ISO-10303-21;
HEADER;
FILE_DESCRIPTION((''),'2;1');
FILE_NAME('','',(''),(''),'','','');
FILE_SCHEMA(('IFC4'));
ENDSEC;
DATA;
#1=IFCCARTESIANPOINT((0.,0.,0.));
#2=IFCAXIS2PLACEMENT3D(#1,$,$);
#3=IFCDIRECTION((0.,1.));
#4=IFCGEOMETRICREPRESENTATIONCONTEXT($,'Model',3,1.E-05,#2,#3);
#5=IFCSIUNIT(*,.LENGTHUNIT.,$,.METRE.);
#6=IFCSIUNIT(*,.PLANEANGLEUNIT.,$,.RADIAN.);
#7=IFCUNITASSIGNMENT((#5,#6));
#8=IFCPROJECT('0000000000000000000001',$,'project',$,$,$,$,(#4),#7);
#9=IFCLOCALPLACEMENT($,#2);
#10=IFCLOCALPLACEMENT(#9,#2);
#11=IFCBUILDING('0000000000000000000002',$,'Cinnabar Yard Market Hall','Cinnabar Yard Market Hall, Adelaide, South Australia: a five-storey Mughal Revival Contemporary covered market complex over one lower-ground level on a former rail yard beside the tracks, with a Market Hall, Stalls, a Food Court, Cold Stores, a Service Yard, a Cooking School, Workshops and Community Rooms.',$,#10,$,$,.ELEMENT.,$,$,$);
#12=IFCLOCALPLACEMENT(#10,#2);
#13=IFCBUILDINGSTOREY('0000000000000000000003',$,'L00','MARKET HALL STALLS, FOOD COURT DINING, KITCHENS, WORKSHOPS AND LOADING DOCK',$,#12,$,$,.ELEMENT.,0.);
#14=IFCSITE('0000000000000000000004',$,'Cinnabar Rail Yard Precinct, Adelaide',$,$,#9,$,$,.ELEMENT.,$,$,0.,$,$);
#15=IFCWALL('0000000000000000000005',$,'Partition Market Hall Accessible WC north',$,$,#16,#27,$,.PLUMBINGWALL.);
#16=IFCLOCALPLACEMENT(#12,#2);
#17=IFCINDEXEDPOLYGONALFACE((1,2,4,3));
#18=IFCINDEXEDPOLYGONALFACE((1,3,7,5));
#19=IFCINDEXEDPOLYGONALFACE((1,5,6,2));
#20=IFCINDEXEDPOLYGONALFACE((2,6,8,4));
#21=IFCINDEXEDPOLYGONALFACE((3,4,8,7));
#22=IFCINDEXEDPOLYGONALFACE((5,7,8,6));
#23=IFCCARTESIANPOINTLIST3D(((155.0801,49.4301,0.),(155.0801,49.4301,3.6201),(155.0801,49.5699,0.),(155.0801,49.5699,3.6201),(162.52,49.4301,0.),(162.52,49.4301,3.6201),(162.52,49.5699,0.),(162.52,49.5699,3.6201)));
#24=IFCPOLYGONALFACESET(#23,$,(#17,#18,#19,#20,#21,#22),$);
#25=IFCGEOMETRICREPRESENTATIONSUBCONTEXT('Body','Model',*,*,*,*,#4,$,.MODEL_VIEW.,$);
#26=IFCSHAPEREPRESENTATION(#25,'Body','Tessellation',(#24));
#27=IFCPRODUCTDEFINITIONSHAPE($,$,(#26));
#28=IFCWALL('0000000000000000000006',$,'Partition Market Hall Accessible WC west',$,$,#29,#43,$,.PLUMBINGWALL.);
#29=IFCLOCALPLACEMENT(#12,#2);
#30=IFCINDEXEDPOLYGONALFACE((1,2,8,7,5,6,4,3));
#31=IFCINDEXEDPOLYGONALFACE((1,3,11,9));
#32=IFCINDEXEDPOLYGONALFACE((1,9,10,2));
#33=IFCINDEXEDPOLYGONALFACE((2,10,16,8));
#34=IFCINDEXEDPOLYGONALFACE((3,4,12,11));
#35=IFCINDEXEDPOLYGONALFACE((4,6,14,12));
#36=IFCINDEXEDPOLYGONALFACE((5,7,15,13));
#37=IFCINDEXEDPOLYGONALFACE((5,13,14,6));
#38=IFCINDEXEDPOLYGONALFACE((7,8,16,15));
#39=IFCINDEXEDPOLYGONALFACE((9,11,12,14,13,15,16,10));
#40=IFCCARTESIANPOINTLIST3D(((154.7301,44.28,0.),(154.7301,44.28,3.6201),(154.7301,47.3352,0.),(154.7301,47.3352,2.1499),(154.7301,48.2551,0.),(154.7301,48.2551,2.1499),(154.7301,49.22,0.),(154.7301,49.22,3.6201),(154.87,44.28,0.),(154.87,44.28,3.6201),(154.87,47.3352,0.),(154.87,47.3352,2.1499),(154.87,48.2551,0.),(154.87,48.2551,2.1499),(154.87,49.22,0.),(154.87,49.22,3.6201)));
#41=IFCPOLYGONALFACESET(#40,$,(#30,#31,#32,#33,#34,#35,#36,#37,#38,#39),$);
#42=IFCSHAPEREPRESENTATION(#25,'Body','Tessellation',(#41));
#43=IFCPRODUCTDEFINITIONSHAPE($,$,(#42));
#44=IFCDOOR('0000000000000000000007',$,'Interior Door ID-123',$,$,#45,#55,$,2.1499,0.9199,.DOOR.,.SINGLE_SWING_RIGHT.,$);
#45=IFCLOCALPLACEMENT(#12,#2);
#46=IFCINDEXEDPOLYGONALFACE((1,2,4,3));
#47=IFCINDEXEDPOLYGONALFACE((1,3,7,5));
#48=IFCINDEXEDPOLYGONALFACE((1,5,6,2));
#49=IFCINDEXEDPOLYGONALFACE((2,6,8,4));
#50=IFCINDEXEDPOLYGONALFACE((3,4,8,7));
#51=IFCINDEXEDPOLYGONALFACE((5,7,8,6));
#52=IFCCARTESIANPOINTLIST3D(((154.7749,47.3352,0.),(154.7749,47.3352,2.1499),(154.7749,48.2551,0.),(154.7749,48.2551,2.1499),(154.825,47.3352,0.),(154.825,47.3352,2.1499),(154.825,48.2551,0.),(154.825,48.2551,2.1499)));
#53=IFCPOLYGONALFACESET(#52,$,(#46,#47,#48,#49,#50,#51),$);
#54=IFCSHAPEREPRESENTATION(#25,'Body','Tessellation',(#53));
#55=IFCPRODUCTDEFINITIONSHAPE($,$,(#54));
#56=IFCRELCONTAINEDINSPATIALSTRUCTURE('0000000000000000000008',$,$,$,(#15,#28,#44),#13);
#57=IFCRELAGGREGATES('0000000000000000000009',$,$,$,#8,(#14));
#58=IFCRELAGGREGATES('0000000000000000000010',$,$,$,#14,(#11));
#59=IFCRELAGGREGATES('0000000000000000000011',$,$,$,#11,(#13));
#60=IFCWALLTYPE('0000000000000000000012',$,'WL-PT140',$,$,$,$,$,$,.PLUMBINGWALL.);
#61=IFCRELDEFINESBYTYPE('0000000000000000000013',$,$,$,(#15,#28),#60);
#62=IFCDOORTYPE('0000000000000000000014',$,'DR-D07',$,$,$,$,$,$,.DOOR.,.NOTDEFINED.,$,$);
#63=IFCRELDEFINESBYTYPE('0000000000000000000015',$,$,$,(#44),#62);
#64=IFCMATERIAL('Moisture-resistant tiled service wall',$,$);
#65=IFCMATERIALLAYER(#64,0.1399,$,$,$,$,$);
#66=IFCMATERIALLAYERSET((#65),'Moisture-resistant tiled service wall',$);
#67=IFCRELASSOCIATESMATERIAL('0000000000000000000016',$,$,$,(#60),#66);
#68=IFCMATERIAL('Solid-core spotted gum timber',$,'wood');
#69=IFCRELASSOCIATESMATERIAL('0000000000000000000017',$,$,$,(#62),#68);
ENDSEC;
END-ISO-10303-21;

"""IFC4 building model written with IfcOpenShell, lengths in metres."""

from ifc_helpers import new_model, si_unit, direction, frame, frame_2d, origin, place, context, subcontext, project, spatial, rectangle, extrude, material, layer, layer_set, type_object, element, fill, save


model = new_model("IFC4")

# Units and contexts
model_context = context("Model", 3, precision=1e-05, world=origin(), true_north=direction((0.0, 1.0)))
body_context = subcontext(model_context, "Body", "Model", "MODEL_VIEW")
ifc_project = project(units=[si_unit("LENGTHUNIT", "METRE"), si_unit("PLANEANGLEUNIT", "RADIAN")], contexts=[model_context])

# Site, building, storey
site_placement = place(None, origin())
site = spatial("IfcSite", under=ifc_project, at=site_placement, Name="Cinnabar Rail Yard Precinct, Adelaide", CompositionType="ELEMENT", RefElevation=0.0)
building_placement = place(site_placement, origin())
building = spatial("IfcBuilding", under=site, at=building_placement, Name="Cinnabar Yard Market Hall", Description="Cinnabar Yard Market Hall, Adelaide, South Australia: a five-storey Mughal Revival Contemporary covered market complex over one lower-ground level on a former rail yard beside the tracks, with a Market Hall, Stalls, a Food Court, Cold Stores, a Service Yard, a Cooking School, Workshops and Community Rooms.", CompositionType="ELEMENT")
storey_placement = place(building_placement, origin())
storey = spatial("IfcBuildingStorey", under=building, at=storey_placement, Name="L00", Description="MARKET HALL STALLS, FOOD COURT DINING, KITCHENS, WORKSHOPS AND LOADING DOCK", CompositionType="ELEMENT", Elevation=0.0)

# Shared definitions
ifc_material_1 = material(Name="Moisture-resistant tiled service wall")
ifc_layer_1 = layer(ifc_material_1, 0.1399)
ifc_layer_set_1 = layer_set([ifc_layer_1], Name="Moisture-resistant tiled service wall")
wall_type = type_object("IfcWallType", Name="WL-PT140", PredefinedType="PLUMBINGWALL", material=ifc_layer_set_1)

# Shared definitions
ifc_material_2 = material(Name="Solid-core spotted gum timber", Category="wood")
door_type_1 = type_object("IfcDoorType", Name="DR-D07", OperationType="NOTDEFINED", PredefinedType="DOOR", material=ifc_material_2)

# Wall
wall_1_placement = place(storey_placement, frame((162.52, 49.5, 0.0), z_axis=(0.0, 0.0, 1.0), x_axis=(-1.0, 0.0, 0.0)))
element("IfcWall", 1, at=wall_1_placement, inside=storey, type_object=wall_type, Name="Partition Market Hall Accessible WC north", PredefinedType="PLUMBINGWALL", context=body_context, shape_type="SweptSolid", body=[
    extrude(rectangle(XDim=7.4399, YDim=0.1399, at=frame_2d((3.72, 0.0), x_axis=(1.0, 0.0))), origin(), (0.0, 0.0, 1.0), 3.6201),
])

# Wall, opening, door
wall_2_placement = place(storey_placement, frame((154.8, 49.22, 0.0), z_axis=(0.0, 0.0, 1.0), x_axis=(0.0, -1.0, 0.0)))
wall_2 = element("IfcWall", 2, at=wall_2_placement, inside=storey, type_object=wall_type, Name="Partition Market Hall Accessible WC west", PredefinedType="PLUMBINGWALL", context=body_context, shape_type="SweptSolid", body=[
    extrude(rectangle(XDim=4.9399, YDim=0.1399, at=frame_2d((2.47, 0.0), x_axis=(1.0, 0.0))), origin(), (0.0, 0.0, 1.0), 3.6201),
])
opening_1_placement = place(wall_2_placement, frame((0.9648, 0.0, 0.0)))
opening_1 = element("IfcOpeningElement", 3, at=opening_1_placement, cuts=wall_2, PredefinedType="OPENING", context=body_context, shape_type="SweptSolid", body=[
    extrude(rectangle(XDim=0.9199, YDim=2.1499, at=frame_2d((0.46, 1.075), x_axis=(1.0, 0.0))), frame((0.0, 0.0798, 0.0), z_axis=(0.0, -1.0, 0.0), x_axis=(1.0, 0.0, 0.0)), (0.0, 0.0, 1.0), 0.1599),
])
door_1_placement = place(opening_1_placement, origin())
door_1 = element("IfcDoor", 4, at=door_1_placement, inside=storey, type_object=door_type_1, Name="Interior Door ID-123", OperationType="SINGLE_SWING_RIGHT", OverallHeight=2.1499, OverallWidth=0.9199, PredefinedType="DOOR", context=body_context, shape_type="SweptSolid", body=[
    extrude(rectangle(XDim=0.9199, YDim=2.1499, at=frame_2d((0.46, 1.075), x_axis=(1.0, 0.0))), frame((0.0, 0.0249, 0.0), z_axis=(0.0, -1.0, 0.0), x_axis=(1.0, 0.0, 0.0)), (0.0, 0.0, 1.0), 0.05),
])
fill(opening_1, door_1)

save(model, "model.ifc")
